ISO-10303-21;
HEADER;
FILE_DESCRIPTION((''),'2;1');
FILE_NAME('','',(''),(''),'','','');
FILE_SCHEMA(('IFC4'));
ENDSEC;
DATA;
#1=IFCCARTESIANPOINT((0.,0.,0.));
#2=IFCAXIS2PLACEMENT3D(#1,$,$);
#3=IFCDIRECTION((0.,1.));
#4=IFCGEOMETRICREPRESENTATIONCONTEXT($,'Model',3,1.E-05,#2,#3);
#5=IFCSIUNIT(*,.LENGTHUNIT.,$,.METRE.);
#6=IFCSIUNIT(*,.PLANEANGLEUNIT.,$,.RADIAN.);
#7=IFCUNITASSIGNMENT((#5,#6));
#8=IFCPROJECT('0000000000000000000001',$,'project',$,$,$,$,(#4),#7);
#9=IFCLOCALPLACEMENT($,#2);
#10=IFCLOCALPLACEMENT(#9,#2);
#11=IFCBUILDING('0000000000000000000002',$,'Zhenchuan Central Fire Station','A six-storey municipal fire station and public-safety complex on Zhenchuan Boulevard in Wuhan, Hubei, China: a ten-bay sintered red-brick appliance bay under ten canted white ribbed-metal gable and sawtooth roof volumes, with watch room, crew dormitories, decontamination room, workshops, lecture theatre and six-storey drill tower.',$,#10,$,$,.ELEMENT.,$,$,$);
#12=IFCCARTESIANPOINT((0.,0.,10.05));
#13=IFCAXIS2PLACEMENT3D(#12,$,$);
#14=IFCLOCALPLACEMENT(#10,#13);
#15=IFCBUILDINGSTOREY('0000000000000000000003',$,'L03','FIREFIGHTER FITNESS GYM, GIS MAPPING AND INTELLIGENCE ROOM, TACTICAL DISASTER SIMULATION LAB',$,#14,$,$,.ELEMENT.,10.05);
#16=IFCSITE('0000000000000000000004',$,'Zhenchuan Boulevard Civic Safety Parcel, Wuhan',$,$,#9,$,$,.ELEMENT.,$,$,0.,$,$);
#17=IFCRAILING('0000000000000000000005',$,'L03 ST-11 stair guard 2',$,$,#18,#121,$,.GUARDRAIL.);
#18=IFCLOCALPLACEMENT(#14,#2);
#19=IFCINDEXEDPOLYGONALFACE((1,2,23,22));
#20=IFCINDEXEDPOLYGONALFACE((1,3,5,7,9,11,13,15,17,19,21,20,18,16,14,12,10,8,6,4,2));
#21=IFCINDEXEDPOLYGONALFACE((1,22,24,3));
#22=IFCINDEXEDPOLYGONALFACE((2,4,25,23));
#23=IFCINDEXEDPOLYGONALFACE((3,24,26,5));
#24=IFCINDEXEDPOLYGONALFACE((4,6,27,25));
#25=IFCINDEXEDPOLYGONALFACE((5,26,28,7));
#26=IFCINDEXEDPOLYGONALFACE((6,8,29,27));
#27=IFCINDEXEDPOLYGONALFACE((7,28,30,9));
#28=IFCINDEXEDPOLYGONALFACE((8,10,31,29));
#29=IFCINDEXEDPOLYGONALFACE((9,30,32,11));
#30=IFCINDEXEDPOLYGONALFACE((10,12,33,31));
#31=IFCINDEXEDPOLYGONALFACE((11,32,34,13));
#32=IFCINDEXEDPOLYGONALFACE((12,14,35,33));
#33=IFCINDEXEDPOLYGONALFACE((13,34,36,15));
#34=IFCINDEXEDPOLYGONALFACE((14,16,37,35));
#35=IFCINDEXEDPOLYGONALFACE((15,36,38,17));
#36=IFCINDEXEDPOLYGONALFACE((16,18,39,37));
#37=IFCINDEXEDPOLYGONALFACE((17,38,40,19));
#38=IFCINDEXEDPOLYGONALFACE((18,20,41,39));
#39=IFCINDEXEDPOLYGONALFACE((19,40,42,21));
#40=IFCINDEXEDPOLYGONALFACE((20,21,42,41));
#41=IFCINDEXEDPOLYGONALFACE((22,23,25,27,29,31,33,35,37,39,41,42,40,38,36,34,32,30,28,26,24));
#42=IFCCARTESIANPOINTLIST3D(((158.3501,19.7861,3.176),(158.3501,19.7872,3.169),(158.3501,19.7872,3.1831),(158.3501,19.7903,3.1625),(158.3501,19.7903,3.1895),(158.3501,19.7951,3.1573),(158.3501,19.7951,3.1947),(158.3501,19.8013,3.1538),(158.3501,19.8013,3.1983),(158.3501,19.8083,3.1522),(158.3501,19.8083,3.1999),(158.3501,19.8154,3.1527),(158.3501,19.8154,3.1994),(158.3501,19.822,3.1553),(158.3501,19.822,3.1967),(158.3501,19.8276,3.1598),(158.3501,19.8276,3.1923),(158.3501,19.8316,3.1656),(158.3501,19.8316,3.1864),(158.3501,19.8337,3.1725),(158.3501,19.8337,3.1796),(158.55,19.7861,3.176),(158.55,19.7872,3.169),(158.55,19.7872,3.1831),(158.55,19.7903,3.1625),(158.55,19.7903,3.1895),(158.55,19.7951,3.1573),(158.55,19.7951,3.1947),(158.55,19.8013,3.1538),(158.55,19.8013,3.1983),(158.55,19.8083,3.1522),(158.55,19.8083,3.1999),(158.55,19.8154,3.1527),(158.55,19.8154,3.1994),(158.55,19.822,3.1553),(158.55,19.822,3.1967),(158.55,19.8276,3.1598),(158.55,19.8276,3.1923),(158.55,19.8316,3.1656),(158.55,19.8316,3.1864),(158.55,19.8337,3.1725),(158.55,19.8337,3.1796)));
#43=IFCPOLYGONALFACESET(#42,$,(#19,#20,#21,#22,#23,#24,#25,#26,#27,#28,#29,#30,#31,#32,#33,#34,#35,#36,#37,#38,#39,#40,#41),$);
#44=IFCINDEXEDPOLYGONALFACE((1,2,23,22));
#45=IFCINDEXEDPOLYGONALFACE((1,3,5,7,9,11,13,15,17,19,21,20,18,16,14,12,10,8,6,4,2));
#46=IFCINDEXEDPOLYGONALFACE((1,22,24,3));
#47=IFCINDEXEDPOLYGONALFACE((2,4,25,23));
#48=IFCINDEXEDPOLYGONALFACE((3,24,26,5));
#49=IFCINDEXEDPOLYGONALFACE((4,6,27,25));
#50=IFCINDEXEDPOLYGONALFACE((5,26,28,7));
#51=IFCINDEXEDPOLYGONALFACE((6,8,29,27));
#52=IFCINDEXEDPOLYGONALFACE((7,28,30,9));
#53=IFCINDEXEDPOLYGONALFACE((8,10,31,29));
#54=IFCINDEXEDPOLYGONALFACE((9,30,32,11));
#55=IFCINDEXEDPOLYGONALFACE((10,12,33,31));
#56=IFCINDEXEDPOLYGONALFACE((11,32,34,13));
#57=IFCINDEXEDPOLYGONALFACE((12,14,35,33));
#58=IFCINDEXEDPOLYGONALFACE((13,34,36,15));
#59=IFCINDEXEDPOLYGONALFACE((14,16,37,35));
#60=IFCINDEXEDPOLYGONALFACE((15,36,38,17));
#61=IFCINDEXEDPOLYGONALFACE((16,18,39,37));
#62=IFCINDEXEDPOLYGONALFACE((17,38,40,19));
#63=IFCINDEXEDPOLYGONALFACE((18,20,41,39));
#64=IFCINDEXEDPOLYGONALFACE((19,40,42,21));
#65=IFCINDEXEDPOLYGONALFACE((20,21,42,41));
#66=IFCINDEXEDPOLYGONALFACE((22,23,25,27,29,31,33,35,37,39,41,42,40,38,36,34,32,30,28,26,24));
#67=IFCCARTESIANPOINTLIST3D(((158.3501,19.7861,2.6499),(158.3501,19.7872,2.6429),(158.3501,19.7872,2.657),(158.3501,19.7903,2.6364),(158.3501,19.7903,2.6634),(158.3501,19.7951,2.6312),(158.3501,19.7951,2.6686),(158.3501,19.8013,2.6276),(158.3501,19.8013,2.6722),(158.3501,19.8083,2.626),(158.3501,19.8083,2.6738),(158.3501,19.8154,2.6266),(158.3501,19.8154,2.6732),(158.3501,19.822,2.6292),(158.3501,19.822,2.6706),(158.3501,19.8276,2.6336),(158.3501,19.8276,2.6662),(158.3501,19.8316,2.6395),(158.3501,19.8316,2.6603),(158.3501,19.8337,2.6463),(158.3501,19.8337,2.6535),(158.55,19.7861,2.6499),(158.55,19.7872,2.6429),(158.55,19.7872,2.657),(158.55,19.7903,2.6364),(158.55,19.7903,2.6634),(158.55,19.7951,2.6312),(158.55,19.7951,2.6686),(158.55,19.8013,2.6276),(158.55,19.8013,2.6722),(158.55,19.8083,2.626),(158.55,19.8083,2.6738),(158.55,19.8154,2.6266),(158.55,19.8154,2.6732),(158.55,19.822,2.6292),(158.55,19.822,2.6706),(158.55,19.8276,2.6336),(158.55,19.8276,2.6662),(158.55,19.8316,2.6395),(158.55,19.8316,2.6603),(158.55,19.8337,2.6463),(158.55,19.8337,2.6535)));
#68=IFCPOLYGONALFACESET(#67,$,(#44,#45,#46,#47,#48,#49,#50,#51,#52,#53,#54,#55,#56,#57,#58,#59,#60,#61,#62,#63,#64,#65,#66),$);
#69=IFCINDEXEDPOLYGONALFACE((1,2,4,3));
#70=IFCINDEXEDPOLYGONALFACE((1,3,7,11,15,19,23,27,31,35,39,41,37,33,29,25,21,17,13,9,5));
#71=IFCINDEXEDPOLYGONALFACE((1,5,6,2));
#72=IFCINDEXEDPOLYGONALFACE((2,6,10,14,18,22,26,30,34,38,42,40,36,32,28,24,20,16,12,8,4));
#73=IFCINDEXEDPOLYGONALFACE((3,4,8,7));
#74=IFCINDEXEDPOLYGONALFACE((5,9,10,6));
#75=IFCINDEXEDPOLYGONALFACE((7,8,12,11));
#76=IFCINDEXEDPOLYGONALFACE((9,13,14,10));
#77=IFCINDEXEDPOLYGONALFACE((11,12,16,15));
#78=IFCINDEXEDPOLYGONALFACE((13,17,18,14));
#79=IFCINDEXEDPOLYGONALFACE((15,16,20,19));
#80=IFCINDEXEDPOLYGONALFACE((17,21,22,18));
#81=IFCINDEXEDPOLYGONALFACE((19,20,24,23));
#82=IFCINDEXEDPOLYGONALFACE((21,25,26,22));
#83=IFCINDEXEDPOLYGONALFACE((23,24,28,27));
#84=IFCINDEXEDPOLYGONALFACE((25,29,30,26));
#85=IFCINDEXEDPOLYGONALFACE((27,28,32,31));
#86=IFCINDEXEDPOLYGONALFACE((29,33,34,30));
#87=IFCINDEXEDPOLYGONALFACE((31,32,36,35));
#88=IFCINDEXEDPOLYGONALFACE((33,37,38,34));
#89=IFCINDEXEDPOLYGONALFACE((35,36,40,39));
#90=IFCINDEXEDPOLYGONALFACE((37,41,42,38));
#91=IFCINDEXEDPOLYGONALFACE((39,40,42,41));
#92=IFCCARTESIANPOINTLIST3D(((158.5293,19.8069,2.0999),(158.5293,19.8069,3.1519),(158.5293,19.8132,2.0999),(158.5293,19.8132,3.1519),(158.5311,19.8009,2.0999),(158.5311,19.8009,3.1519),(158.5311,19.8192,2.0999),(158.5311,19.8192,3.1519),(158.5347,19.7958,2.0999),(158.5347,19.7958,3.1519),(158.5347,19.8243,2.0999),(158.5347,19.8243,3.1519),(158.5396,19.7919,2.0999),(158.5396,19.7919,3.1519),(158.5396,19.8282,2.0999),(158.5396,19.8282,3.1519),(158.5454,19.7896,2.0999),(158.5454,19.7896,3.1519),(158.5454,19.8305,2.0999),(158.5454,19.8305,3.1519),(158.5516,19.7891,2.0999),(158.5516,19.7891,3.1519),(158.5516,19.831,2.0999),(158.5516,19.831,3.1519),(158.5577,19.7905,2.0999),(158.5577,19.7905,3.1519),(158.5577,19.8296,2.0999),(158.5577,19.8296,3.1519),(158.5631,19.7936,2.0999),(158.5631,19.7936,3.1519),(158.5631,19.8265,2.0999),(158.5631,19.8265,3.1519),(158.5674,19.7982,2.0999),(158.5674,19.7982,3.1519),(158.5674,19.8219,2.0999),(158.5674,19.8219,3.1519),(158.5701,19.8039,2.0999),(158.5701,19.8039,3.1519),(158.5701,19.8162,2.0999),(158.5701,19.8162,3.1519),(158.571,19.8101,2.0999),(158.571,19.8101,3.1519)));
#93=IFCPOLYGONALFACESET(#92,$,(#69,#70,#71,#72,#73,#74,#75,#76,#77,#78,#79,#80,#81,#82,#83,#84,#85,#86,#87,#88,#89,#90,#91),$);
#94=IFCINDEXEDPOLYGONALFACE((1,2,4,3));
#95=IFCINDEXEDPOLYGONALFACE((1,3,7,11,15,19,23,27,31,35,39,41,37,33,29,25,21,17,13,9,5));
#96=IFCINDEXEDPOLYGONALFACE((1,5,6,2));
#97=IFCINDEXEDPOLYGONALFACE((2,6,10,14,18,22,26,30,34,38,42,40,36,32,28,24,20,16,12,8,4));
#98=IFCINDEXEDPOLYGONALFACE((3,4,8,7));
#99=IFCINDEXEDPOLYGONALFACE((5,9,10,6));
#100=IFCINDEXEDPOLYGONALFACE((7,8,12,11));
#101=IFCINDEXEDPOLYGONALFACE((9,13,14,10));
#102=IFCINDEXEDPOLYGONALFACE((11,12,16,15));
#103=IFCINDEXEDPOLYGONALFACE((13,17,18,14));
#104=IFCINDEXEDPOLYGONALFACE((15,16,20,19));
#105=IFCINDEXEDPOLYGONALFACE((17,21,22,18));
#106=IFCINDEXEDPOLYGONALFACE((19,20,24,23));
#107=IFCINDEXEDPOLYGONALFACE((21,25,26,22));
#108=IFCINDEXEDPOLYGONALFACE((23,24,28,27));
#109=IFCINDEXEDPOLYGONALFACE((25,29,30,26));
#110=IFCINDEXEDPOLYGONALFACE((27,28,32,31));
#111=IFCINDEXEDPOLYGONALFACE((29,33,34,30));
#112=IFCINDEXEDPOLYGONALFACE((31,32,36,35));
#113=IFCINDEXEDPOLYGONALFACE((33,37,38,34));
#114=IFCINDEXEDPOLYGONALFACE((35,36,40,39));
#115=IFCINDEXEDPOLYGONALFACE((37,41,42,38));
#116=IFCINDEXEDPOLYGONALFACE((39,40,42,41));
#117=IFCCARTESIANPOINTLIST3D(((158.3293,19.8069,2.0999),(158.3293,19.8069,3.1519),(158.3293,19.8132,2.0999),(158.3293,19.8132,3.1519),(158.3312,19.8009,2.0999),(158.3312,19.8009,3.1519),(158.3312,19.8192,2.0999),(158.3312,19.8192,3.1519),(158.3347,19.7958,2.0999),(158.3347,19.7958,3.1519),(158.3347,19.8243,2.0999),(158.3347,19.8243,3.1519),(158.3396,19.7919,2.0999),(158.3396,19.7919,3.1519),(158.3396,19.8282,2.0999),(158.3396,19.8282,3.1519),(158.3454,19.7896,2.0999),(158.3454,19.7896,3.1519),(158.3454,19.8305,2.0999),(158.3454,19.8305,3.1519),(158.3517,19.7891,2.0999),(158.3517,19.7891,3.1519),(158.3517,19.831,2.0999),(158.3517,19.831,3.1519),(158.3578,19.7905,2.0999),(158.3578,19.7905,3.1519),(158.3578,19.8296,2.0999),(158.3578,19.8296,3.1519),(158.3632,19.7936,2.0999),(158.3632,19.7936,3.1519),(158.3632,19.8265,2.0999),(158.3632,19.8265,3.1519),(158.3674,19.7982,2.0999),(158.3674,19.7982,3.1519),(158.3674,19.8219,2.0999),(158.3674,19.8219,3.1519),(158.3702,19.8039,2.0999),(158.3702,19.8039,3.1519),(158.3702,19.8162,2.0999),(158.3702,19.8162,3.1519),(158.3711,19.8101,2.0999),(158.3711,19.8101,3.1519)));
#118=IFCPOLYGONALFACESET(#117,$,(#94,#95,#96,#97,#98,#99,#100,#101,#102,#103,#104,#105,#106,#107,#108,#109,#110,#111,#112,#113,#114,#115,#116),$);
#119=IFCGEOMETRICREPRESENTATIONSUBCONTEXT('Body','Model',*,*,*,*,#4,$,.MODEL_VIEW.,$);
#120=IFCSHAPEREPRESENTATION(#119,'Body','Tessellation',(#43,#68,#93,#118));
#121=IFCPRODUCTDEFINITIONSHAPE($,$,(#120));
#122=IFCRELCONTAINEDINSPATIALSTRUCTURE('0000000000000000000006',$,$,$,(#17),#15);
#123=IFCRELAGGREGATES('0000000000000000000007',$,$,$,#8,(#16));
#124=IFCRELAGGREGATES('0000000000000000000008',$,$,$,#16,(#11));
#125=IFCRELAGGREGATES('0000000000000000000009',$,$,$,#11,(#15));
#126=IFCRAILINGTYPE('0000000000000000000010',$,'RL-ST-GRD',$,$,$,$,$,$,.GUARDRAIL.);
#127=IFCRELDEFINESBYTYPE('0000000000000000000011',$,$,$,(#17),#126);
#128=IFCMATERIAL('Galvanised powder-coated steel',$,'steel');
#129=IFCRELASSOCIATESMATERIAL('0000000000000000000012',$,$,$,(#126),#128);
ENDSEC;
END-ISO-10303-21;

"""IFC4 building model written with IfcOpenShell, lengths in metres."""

from ifc_helpers import new_model, si_unit, direction, frame, origin, origin_2d, place, context, subcontext, project, spatial, circle, extrude, material, type_object, element, save


model = new_model("IFC4")

# Units and contexts
model_context = context("Model", 3, precision=1e-05, world=origin(), true_north=direction((0.0, 1.0)))
body_context = subcontext(model_context, "Body", "Model", "MODEL_VIEW")
ifc_project = project(units=[si_unit("LENGTHUNIT", "METRE"), si_unit("PLANEANGLEUNIT", "RADIAN")], contexts=[model_context])

# Site, building, storey
site_placement = place(None, origin())
site = spatial("IfcSite", under=ifc_project, at=site_placement, Name="Zhenchuan Boulevard Civic Safety Parcel, Wuhan", CompositionType="ELEMENT", RefElevation=0.0)
building_placement = place(site_placement, origin())
building = spatial("IfcBuilding", under=site, at=building_placement, Name="Zhenchuan Central Fire Station", Description="A six-storey municipal fire station and public-safety complex on Zhenchuan Boulevard in Wuhan, Hubei, China: a ten-bay sintered red-brick appliance bay under ten canted white ribbed-metal gable and sawtooth roof volumes, with watch room, crew dormitories, decontamination room, workshops, lecture theatre and six-storey drill tower.", CompositionType="ELEMENT")
storey_placement = place(building_placement, frame((0.0, 0.0, 10.05)))
storey = spatial("IfcBuildingStorey", under=building, at=storey_placement, Name="L03", Description="FIREFIGHTER FITNESS GYM, GIS MAPPING AND INTELLIGENCE ROOM, TACTICAL DISASTER SIMULATION LAB", CompositionType="ELEMENT", Elevation=10.05)

# Railing
ifc_material_1 = material(Name="Galvanised powder-coated steel", Category="steel")
railing_type_1 = type_object("IfcRailingType", Name="RL-ST-GRD", PredefinedType="GUARDRAIL", material=ifc_material_1)
railing_1_placement = place(storey_placement, frame((158.55, 19.8101, 2.0999)))
element("IfcRailing", 1, at=railing_1_placement, inside=storey, type_object=railing_type_1, Name="L03 ST-11 stair guard 2", PredefinedType="GUARDRAIL", context=body_context, shape_type="SweptSolid", body=[
    extrude(circle(Radius=0.0239, at=origin_2d()), frame((0.0, 0.0, 1.0762), z_axis=(-1.0, 0.0, 0.0), x_axis=(0.0, -1.0, 0.0)), (0.0, 0.0, 1.0), 0.2),
    extrude(circle(Radius=0.0239, at=origin_2d()), frame((0.0, 0.0, 0.55), z_axis=(-1.0, 0.0, 0.0), x_axis=(0.0, -1.0, 0.0)), (0.0, 0.0, 1.0), 0.2),
    extrude(circle(Radius=0.021, at=origin_2d()), origin(), (0.0, 0.0, 1.0), 1.052),
    extrude(circle(Radius=0.021, at=origin_2d()), frame((-0.2, 0.0, 0.0)), (0.0, 0.0, 1.0), 1.052),
])

save(model, "model.ifc")
